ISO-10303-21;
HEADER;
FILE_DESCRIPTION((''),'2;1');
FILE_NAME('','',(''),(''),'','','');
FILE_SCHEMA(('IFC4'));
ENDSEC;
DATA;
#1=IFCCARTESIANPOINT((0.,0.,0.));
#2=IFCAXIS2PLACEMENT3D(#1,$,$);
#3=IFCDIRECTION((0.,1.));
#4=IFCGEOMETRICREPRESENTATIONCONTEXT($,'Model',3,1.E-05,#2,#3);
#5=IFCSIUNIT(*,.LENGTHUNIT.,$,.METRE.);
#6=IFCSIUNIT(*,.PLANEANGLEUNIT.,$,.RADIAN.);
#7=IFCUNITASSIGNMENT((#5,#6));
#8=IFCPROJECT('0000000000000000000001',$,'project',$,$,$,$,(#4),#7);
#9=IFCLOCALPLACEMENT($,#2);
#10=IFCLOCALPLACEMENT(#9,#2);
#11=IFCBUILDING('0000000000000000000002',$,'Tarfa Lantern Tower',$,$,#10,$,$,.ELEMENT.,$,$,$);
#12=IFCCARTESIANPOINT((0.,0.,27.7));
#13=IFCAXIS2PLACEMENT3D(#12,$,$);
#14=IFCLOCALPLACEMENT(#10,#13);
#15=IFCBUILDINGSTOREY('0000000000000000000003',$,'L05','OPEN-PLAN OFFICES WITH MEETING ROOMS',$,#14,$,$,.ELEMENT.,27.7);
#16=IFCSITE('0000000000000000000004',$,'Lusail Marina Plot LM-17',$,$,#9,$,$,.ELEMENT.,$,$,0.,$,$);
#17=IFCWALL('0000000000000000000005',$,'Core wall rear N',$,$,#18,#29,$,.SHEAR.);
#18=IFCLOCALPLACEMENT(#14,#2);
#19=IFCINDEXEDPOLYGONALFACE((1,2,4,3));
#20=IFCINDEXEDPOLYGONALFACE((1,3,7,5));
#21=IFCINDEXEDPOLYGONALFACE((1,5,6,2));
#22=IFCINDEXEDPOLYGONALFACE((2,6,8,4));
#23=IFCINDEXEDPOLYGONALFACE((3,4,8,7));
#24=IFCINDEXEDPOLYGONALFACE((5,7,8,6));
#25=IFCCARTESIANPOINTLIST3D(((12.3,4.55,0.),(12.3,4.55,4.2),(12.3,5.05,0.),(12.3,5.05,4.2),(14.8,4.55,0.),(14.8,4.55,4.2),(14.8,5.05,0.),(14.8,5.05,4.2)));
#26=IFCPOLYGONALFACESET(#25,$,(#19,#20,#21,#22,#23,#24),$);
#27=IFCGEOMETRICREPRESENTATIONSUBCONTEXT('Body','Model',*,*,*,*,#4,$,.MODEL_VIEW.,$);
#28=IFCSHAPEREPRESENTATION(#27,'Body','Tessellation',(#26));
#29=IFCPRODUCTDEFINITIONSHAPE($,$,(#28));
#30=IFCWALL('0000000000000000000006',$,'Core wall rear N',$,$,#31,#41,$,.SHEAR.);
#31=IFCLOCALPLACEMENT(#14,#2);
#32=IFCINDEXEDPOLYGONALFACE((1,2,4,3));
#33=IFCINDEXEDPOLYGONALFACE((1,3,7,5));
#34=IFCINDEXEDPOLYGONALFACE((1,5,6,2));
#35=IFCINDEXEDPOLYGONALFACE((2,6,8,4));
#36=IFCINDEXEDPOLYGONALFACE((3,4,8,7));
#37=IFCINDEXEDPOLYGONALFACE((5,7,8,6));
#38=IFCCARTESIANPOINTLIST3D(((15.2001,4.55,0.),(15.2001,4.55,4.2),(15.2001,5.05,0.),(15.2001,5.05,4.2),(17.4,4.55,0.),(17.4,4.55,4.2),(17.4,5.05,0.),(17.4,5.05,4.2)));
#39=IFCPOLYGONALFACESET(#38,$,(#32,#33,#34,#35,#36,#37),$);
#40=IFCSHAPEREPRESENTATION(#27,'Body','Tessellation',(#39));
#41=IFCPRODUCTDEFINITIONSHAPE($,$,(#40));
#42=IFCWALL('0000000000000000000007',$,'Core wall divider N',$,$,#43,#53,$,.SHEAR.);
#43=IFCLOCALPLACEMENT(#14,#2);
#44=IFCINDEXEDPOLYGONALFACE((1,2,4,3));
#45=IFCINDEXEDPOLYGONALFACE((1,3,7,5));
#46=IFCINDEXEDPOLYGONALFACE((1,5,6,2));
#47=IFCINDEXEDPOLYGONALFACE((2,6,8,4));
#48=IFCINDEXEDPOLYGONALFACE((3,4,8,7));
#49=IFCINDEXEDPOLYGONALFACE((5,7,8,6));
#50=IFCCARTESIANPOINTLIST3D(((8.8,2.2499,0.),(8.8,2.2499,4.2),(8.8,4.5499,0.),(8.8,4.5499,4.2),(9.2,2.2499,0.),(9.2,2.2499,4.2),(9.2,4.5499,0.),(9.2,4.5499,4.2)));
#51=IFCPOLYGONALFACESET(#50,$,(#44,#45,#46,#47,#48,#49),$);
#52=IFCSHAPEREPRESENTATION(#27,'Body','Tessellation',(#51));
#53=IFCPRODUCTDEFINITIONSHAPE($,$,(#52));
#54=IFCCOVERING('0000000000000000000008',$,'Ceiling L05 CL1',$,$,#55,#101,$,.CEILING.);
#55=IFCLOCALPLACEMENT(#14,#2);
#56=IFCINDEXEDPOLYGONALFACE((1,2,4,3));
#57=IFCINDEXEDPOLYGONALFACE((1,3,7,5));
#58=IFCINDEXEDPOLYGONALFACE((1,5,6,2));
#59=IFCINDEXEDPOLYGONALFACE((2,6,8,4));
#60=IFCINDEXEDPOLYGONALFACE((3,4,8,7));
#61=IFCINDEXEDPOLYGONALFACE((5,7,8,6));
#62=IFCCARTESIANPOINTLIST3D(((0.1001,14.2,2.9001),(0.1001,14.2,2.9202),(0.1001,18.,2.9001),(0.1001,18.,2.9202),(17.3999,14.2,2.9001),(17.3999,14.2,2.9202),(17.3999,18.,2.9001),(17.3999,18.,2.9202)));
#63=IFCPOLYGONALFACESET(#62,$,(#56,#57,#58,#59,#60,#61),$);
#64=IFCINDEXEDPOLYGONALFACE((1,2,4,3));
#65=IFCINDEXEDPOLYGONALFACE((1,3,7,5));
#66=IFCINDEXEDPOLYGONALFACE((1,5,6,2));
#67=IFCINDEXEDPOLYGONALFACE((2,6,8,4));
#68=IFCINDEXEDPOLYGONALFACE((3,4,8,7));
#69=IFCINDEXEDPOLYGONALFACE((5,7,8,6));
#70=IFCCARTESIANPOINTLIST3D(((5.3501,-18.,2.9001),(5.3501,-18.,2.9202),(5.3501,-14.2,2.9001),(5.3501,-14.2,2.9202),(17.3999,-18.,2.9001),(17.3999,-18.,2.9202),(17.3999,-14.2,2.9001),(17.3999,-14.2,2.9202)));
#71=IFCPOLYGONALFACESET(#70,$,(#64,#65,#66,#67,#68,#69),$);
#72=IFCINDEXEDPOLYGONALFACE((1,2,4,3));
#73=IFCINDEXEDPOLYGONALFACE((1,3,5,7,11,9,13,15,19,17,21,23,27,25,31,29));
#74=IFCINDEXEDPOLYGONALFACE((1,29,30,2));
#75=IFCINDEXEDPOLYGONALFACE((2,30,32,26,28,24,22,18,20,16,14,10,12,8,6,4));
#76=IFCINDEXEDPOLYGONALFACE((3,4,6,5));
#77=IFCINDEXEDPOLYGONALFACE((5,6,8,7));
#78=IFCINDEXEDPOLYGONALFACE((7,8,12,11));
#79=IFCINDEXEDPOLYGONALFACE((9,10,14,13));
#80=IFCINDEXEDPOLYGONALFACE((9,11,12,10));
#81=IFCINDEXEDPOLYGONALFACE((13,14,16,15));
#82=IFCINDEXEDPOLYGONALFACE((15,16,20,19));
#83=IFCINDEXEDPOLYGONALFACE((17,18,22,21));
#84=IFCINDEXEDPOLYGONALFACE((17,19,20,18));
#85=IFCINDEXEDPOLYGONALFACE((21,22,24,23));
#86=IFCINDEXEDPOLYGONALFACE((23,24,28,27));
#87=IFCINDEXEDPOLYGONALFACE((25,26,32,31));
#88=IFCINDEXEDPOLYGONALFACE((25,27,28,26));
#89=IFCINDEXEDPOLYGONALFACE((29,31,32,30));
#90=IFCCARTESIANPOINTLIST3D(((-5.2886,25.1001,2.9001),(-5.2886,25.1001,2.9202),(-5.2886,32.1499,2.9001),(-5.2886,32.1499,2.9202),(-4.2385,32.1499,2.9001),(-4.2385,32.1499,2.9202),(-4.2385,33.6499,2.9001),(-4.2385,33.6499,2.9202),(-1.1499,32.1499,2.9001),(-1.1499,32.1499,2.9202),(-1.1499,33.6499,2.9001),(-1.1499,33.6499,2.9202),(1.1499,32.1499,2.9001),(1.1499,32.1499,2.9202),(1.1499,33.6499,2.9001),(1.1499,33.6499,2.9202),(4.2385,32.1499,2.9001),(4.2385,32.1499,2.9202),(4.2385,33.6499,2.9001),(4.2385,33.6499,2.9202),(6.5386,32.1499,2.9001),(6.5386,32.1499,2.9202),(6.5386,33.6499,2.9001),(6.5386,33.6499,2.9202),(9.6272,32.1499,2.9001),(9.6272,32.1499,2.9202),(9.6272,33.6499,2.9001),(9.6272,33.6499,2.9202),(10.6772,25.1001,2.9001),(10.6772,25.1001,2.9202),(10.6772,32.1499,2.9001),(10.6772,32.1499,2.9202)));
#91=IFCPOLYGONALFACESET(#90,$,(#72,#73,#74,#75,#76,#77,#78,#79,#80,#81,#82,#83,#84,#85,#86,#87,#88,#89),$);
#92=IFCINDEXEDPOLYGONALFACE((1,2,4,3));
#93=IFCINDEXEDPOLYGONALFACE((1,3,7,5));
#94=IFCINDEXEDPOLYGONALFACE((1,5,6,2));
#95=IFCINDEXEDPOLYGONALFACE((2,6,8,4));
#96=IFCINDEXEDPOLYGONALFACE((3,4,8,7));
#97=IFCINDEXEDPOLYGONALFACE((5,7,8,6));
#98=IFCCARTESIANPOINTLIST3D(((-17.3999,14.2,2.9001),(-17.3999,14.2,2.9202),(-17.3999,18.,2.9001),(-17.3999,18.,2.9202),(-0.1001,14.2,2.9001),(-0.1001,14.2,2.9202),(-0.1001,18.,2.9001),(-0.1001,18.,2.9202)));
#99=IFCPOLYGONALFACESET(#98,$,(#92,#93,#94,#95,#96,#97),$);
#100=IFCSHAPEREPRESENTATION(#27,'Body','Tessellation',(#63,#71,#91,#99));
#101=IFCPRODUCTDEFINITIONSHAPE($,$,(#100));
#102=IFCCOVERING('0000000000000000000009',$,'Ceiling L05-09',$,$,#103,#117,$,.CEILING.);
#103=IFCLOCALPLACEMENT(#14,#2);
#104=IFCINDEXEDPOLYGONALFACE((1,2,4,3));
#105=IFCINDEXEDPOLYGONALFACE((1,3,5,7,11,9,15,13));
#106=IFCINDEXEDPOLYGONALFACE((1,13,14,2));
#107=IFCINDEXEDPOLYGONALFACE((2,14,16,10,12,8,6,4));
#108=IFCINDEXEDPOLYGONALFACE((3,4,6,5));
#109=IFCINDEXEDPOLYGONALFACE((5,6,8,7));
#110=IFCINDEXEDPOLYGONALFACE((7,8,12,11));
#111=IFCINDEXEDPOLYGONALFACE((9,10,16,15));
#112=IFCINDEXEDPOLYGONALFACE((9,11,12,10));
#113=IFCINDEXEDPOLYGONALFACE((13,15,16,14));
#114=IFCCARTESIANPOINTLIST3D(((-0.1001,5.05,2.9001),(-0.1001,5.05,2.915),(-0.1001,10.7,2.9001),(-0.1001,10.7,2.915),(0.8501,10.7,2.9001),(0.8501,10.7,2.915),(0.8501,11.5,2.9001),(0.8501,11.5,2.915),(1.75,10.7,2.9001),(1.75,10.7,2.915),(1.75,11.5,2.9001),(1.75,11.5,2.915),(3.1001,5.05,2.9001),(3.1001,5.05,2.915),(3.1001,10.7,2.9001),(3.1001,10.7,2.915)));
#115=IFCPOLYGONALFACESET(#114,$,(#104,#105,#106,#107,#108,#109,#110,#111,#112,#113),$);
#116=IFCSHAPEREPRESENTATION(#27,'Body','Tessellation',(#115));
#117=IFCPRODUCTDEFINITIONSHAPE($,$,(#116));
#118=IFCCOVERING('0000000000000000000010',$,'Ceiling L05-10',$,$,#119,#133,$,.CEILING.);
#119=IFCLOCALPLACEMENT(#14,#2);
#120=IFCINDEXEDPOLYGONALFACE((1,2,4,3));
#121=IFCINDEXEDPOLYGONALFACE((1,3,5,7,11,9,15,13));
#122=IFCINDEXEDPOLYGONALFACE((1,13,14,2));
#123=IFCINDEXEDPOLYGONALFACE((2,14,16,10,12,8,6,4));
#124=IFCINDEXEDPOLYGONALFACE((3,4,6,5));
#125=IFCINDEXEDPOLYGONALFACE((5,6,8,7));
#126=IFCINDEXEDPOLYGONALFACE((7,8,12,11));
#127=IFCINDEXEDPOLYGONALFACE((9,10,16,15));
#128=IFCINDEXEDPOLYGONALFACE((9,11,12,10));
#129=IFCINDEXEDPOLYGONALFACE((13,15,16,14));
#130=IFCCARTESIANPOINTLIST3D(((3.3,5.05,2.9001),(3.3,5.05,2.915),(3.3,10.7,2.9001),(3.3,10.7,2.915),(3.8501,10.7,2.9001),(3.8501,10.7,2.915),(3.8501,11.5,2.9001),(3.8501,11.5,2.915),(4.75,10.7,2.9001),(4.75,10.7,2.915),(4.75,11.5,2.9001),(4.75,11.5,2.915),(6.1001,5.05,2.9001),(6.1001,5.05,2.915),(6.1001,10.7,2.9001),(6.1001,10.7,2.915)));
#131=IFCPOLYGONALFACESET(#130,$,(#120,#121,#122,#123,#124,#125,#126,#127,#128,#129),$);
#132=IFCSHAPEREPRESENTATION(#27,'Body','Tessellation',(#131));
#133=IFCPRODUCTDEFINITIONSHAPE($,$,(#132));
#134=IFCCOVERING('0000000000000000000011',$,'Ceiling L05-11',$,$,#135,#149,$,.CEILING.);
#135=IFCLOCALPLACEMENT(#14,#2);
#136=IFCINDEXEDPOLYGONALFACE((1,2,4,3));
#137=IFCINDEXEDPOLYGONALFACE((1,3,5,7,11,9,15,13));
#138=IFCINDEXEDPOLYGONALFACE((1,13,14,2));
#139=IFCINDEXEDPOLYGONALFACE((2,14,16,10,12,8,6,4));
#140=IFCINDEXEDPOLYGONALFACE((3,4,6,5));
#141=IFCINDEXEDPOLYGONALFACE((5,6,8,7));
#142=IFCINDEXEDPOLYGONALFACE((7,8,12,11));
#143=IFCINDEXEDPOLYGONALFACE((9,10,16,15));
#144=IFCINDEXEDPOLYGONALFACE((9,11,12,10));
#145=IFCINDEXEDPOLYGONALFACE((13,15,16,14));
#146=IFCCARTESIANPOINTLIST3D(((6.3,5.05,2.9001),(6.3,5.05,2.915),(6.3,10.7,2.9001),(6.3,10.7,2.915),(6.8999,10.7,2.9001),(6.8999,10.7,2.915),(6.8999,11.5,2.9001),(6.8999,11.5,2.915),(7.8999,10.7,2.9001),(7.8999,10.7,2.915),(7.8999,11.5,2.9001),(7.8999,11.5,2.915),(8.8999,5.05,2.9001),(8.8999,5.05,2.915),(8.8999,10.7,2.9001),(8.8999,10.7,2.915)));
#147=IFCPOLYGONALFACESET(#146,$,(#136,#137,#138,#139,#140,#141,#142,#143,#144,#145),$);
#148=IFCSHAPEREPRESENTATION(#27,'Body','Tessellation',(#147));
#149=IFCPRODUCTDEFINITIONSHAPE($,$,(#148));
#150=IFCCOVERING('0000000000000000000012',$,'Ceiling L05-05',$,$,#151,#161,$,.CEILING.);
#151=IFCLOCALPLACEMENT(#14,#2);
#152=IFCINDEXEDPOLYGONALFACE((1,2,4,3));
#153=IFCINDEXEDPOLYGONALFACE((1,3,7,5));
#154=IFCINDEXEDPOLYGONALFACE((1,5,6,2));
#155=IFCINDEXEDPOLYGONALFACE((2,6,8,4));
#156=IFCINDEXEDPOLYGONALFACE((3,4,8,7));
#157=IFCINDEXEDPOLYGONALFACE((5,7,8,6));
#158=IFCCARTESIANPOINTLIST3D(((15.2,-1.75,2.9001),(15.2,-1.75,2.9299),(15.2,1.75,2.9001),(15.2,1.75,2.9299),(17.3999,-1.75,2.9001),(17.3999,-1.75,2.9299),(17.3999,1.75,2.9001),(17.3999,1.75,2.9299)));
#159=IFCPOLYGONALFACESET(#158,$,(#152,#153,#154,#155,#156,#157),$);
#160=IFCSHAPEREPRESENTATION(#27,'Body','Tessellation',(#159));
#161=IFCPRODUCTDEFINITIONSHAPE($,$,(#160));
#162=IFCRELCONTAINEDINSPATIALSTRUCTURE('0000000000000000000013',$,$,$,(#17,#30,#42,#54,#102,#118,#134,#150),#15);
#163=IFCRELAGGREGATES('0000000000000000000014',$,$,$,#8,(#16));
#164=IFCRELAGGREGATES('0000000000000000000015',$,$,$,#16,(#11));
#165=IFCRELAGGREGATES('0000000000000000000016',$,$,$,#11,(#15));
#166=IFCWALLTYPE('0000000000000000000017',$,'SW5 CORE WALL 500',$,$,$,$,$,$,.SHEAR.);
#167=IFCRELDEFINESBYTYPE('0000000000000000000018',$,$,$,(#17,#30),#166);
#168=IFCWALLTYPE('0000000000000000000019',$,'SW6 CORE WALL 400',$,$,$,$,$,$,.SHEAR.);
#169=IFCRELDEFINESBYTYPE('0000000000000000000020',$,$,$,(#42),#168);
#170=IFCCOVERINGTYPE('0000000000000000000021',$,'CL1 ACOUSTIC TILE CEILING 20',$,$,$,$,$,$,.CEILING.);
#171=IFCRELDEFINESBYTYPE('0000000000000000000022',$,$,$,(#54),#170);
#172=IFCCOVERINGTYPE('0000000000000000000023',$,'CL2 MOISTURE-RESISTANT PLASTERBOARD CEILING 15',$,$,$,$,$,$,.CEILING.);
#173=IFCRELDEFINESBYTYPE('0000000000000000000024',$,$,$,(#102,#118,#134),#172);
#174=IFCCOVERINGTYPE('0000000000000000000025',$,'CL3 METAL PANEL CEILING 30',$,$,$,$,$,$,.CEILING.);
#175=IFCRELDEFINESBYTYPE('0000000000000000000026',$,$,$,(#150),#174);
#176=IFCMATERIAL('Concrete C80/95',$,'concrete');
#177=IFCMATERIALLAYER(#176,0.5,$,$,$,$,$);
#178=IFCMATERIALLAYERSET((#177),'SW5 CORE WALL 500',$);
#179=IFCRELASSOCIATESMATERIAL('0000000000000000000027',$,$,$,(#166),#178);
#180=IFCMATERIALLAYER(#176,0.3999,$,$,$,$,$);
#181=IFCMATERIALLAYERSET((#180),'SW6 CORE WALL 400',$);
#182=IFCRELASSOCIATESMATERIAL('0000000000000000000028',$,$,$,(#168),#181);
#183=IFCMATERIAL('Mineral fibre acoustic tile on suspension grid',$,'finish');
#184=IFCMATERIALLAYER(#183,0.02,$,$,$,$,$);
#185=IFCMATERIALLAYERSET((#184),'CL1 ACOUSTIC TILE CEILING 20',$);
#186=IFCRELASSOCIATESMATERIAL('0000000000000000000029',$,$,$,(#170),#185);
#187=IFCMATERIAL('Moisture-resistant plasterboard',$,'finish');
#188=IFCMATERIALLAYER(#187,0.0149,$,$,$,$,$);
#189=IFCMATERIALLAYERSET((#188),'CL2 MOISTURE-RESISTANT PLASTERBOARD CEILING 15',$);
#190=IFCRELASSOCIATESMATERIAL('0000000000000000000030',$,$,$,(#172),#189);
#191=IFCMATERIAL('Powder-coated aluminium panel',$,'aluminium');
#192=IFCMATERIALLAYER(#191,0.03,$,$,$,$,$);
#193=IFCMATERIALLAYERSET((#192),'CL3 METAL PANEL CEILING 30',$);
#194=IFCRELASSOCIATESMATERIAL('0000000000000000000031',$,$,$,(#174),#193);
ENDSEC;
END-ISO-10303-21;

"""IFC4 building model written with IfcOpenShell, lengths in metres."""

from ifc_helpers import new_model, si_unit, direction, frame, frame_2d, origin, place, context, subcontext, project, spatial, polyline, rectangle, outline, extrude, material, layer, layer_set, type_object, element, save


model = new_model("IFC4")

# Units and contexts
model_context = context("Model", 3, precision=1e-05, world=origin(), true_north=direction((0.0, 1.0)))
body_context = subcontext(model_context, "Body", "Model", "MODEL_VIEW")
ifc_project = project(units=[si_unit("LENGTHUNIT", "METRE"), si_unit("PLANEANGLEUNIT", "RADIAN")], contexts=[model_context])

# Site, building, storey
site_placement = place(None, origin())
site = spatial("IfcSite", under=ifc_project, at=site_placement, Name="Lusail Marina Plot LM-17", CompositionType="ELEMENT", RefElevation=0.0)
building_placement = place(site_placement, origin())
building = spatial("IfcBuilding", under=site, at=building_placement, Name="Tarfa Lantern Tower", CompositionType="ELEMENT")
storey_placement = place(building_placement, frame((0.0, 0.0, 27.7)))
storey = spatial("IfcBuildingStorey", under=building, at=storey_placement, Name="L05", Description="OPEN-PLAN OFFICES WITH MEETING ROOMS", CompositionType="ELEMENT", Elevation=27.7)

# Walls
ifc_material_1 = material(Name="Concrete C80/95", Category="concrete")
ifc_layer_1 = layer(ifc_material_1, 0.5)
ifc_layer_set_1 = layer_set([ifc_layer_1], Name="SW5 CORE WALL 500")
wall_type_1 = type_object("IfcWallType", Name="SW5 CORE WALL 500", PredefinedType="SHEAR", material=ifc_layer_set_1)
wall_1_placement = place(storey_placement, frame((12.3, 4.8, 0.0), z_axis=(0.0, 0.0, 1.0), x_axis=(1.0, 0.0, 0.0)))
element("IfcWall", 1, at=wall_1_placement, inside=storey, type_object=wall_type_1, Name="Core wall rear N", PredefinedType="SHEAR", context=body_context, shape_type="SweptSolid", body=[
    extrude(rectangle(XDim=2.5, YDim=0.5, at=frame_2d((1.25, 0.0))), origin(), (0.0, 0.0, 1.0), 4.2),
])
wall_2_placement = place(storey_placement, frame((15.2, 4.8, 0.0), z_axis=(0.0, 0.0, 1.0), x_axis=(1.0, 0.0, 0.0)))
element("IfcWall", 2, at=wall_2_placement, inside=storey, type_object=wall_type_1, Name="Core wall rear N", PredefinedType="SHEAR", context=body_context, shape_type="SweptSolid", body=[
    extrude(rectangle(XDim=2.2, YDim=0.5, at=frame_2d((1.1001, 0.0))), origin(), (0.0, 0.0, 1.0), 4.2),
])
ifc_layer_2 = layer(ifc_material_1, 0.3999)
ifc_layer_set_2 = layer_set([ifc_layer_2], Name="SW6 CORE WALL 400")
wall_type_2 = type_object("IfcWallType", Name="SW6 CORE WALL 400", PredefinedType="SHEAR", material=ifc_layer_set_2)
wall_3_placement = place(storey_placement, frame((9.0, 2.25, 0.0), z_axis=(0.0, 0.0, 1.0), x_axis=(0.0, 1.0, 0.0)))
element("IfcWall", 3, at=wall_3_placement, inside=storey, type_object=wall_type_2, Name="Core wall divider N", PredefinedType="SHEAR", context=body_context, shape_type="SweptSolid", body=[
    extrude(rectangle(XDim=2.3, YDim=0.3999, at=frame_2d((1.1499, 0.0))), origin(), (0.0, 0.0, 1.0), 4.2),
])

# Coverings
ifc_material_2 = material(Name="Mineral fibre acoustic tile on suspension grid", Category="finish")
ifc_layer_3 = layer(ifc_material_2, 0.02)
ifc_layer_set_3 = layer_set([ifc_layer_3], Name="CL1 ACOUSTIC TILE CEILING 20")
covering_type_1 = type_object("IfcCoveringType", Name="CL1 ACOUSTIC TILE CEILING 20", PredefinedType="CEILING", material=ifc_layer_set_3)
covering_1_placement = place(storey_placement, frame((0.0, 0.0, 2.9001)))
element("IfcCovering", 4, at=covering_1_placement, inside=storey, type_object=covering_type_1, Name="Ceiling L05 CL1", PredefinedType="CEILING", context=body_context, shape_type="SweptSolid", body=[
    extrude(outline(polyline([(0.1001, 18.0), (17.3999, 18.0), (17.3999, 14.2), (0.1001, 14.2), (0.1001, 18.0)])), origin(), (0.0, 0.0, 1.0), 0.02),
    extrude(outline(polyline([(5.3501, -14.2), (17.3999, -14.2), (17.3999, -18.0), (5.3501, -18.0), (5.3501, -14.2)])), origin(), (0.0, 0.0, 1.0), 0.02),
    extrude(outline(polyline([(10.6772, 25.1001), (-5.2886, 25.1001), (-5.2886, 32.1499), (-4.2385, 32.1499), (-4.2385, 33.6499), (-1.1499, 33.6499), (-1.1499, 32.1499), (1.1499, 32.1499), (1.1499, 33.6499), (4.2385, 33.6499), (4.2385, 32.1499), (6.5386, 32.1499), (6.5386, 33.6499), (9.6272, 33.6499), (9.6272, 32.1499), (10.6772, 32.1499), (10.6772, 25.1001)])), origin(), (0.0, 0.0, 1.0), 0.02),
    extrude(outline(polyline([(-17.3999, 18.0), (-0.1001, 18.0), (-0.1001, 14.2), (-17.3999, 14.2), (-17.3999, 18.0)])), origin(), (0.0, 0.0, 1.0), 0.02),
])
ifc_material_3 = material(Name="Moisture-resistant plasterboard", Category="finish")
ifc_layer_4 = layer(ifc_material_3, 0.0149)
ifc_layer_set_4 = layer_set([ifc_layer_4], Name="CL2 MOISTURE-RESISTANT PLASTERBOARD CEILING 15")
covering_type_2 = type_object("IfcCoveringType", Name="CL2 MOISTURE-RESISTANT PLASTERBOARD CEILING 15", PredefinedType="CEILING", material=ifc_layer_set_4)
covering_2_placement = place(storey_placement, frame((0.0, 0.0, 2.9001)))
element("IfcCovering", 5, at=covering_2_placement, inside=storey, type_object=covering_type_2, Name="Ceiling L05-09", PredefinedType="CEILING", context=body_context, shape_type="SweptSolid", body=[
    extrude(outline(polyline([(0.8501, 10.7), (-0.1001, 10.7), (-0.1001, 5.05), (3.1001, 5.05), (3.1001, 10.7), (1.75, 10.7), (1.75, 11.5), (0.8501, 11.5), (0.8501, 10.7)])), origin(), (0.0, 0.0, 1.0), 0.0149),
])
covering_3_placement = place(storey_placement, frame((0.0, 0.0, 2.9001)))
element("IfcCovering", 6, at=covering_3_placement, inside=storey, type_object=covering_type_2, Name="Ceiling L05-10", PredefinedType="CEILING", context=body_context, shape_type="SweptSolid", body=[
    extrude(outline(polyline([(3.3, 5.05), (6.1001, 5.05), (6.1001, 10.7), (4.75, 10.7), (4.75, 11.5), (3.8501, 11.5), (3.8501, 10.7), (3.3, 10.7), (3.3, 5.05)])), origin(), (0.0, 0.0, 1.0), 0.0149),
])
covering_4_placement = place(storey_placement, frame((0.0, 0.0, 2.9001)))
element("IfcCovering", 7, at=covering_4_placement, inside=storey, type_object=covering_type_2, Name="Ceiling L05-11", PredefinedType="CEILING", context=body_context, shape_type="SweptSolid", body=[
    extrude(outline(polyline([(6.3, 5.05), (8.8999, 5.05), (8.8999, 10.7), (7.8999, 10.7), (7.8999, 11.5), (6.8999, 11.5), (6.8999, 10.7), (6.3, 10.7), (6.3, 5.05)])), origin(), (0.0, 0.0, 1.0), 0.0149),
])
ifc_material_4 = material(Name="Powder-coated aluminium panel", Category="aluminium")
ifc_layer_5 = layer(ifc_material_4, 0.03)
ifc_layer_set_5 = layer_set([ifc_layer_5], Name="CL3 METAL PANEL CEILING 30")
covering_type_3 = type_object("IfcCoveringType", Name="CL3 METAL PANEL CEILING 30", PredefinedType="CEILING", material=ifc_layer_set_5)
covering_5_placement = place(storey_placement, frame((0.0, 0.0, 2.9001)))
element("IfcCovering", 8, at=covering_5_placement, inside=storey, type_object=covering_type_3, Name="Ceiling L05-05", PredefinedType="CEILING", context=body_context, shape_type="SweptSolid", body=[
    extrude(outline(polyline([(15.2, -1.75), (17.3999, -1.75), (17.3999, 1.75), (15.2, 1.75), (15.2, -1.75)])), origin(), (0.0, 0.0, 1.0), 0.0298),
])

save(model, "model.ifc")
